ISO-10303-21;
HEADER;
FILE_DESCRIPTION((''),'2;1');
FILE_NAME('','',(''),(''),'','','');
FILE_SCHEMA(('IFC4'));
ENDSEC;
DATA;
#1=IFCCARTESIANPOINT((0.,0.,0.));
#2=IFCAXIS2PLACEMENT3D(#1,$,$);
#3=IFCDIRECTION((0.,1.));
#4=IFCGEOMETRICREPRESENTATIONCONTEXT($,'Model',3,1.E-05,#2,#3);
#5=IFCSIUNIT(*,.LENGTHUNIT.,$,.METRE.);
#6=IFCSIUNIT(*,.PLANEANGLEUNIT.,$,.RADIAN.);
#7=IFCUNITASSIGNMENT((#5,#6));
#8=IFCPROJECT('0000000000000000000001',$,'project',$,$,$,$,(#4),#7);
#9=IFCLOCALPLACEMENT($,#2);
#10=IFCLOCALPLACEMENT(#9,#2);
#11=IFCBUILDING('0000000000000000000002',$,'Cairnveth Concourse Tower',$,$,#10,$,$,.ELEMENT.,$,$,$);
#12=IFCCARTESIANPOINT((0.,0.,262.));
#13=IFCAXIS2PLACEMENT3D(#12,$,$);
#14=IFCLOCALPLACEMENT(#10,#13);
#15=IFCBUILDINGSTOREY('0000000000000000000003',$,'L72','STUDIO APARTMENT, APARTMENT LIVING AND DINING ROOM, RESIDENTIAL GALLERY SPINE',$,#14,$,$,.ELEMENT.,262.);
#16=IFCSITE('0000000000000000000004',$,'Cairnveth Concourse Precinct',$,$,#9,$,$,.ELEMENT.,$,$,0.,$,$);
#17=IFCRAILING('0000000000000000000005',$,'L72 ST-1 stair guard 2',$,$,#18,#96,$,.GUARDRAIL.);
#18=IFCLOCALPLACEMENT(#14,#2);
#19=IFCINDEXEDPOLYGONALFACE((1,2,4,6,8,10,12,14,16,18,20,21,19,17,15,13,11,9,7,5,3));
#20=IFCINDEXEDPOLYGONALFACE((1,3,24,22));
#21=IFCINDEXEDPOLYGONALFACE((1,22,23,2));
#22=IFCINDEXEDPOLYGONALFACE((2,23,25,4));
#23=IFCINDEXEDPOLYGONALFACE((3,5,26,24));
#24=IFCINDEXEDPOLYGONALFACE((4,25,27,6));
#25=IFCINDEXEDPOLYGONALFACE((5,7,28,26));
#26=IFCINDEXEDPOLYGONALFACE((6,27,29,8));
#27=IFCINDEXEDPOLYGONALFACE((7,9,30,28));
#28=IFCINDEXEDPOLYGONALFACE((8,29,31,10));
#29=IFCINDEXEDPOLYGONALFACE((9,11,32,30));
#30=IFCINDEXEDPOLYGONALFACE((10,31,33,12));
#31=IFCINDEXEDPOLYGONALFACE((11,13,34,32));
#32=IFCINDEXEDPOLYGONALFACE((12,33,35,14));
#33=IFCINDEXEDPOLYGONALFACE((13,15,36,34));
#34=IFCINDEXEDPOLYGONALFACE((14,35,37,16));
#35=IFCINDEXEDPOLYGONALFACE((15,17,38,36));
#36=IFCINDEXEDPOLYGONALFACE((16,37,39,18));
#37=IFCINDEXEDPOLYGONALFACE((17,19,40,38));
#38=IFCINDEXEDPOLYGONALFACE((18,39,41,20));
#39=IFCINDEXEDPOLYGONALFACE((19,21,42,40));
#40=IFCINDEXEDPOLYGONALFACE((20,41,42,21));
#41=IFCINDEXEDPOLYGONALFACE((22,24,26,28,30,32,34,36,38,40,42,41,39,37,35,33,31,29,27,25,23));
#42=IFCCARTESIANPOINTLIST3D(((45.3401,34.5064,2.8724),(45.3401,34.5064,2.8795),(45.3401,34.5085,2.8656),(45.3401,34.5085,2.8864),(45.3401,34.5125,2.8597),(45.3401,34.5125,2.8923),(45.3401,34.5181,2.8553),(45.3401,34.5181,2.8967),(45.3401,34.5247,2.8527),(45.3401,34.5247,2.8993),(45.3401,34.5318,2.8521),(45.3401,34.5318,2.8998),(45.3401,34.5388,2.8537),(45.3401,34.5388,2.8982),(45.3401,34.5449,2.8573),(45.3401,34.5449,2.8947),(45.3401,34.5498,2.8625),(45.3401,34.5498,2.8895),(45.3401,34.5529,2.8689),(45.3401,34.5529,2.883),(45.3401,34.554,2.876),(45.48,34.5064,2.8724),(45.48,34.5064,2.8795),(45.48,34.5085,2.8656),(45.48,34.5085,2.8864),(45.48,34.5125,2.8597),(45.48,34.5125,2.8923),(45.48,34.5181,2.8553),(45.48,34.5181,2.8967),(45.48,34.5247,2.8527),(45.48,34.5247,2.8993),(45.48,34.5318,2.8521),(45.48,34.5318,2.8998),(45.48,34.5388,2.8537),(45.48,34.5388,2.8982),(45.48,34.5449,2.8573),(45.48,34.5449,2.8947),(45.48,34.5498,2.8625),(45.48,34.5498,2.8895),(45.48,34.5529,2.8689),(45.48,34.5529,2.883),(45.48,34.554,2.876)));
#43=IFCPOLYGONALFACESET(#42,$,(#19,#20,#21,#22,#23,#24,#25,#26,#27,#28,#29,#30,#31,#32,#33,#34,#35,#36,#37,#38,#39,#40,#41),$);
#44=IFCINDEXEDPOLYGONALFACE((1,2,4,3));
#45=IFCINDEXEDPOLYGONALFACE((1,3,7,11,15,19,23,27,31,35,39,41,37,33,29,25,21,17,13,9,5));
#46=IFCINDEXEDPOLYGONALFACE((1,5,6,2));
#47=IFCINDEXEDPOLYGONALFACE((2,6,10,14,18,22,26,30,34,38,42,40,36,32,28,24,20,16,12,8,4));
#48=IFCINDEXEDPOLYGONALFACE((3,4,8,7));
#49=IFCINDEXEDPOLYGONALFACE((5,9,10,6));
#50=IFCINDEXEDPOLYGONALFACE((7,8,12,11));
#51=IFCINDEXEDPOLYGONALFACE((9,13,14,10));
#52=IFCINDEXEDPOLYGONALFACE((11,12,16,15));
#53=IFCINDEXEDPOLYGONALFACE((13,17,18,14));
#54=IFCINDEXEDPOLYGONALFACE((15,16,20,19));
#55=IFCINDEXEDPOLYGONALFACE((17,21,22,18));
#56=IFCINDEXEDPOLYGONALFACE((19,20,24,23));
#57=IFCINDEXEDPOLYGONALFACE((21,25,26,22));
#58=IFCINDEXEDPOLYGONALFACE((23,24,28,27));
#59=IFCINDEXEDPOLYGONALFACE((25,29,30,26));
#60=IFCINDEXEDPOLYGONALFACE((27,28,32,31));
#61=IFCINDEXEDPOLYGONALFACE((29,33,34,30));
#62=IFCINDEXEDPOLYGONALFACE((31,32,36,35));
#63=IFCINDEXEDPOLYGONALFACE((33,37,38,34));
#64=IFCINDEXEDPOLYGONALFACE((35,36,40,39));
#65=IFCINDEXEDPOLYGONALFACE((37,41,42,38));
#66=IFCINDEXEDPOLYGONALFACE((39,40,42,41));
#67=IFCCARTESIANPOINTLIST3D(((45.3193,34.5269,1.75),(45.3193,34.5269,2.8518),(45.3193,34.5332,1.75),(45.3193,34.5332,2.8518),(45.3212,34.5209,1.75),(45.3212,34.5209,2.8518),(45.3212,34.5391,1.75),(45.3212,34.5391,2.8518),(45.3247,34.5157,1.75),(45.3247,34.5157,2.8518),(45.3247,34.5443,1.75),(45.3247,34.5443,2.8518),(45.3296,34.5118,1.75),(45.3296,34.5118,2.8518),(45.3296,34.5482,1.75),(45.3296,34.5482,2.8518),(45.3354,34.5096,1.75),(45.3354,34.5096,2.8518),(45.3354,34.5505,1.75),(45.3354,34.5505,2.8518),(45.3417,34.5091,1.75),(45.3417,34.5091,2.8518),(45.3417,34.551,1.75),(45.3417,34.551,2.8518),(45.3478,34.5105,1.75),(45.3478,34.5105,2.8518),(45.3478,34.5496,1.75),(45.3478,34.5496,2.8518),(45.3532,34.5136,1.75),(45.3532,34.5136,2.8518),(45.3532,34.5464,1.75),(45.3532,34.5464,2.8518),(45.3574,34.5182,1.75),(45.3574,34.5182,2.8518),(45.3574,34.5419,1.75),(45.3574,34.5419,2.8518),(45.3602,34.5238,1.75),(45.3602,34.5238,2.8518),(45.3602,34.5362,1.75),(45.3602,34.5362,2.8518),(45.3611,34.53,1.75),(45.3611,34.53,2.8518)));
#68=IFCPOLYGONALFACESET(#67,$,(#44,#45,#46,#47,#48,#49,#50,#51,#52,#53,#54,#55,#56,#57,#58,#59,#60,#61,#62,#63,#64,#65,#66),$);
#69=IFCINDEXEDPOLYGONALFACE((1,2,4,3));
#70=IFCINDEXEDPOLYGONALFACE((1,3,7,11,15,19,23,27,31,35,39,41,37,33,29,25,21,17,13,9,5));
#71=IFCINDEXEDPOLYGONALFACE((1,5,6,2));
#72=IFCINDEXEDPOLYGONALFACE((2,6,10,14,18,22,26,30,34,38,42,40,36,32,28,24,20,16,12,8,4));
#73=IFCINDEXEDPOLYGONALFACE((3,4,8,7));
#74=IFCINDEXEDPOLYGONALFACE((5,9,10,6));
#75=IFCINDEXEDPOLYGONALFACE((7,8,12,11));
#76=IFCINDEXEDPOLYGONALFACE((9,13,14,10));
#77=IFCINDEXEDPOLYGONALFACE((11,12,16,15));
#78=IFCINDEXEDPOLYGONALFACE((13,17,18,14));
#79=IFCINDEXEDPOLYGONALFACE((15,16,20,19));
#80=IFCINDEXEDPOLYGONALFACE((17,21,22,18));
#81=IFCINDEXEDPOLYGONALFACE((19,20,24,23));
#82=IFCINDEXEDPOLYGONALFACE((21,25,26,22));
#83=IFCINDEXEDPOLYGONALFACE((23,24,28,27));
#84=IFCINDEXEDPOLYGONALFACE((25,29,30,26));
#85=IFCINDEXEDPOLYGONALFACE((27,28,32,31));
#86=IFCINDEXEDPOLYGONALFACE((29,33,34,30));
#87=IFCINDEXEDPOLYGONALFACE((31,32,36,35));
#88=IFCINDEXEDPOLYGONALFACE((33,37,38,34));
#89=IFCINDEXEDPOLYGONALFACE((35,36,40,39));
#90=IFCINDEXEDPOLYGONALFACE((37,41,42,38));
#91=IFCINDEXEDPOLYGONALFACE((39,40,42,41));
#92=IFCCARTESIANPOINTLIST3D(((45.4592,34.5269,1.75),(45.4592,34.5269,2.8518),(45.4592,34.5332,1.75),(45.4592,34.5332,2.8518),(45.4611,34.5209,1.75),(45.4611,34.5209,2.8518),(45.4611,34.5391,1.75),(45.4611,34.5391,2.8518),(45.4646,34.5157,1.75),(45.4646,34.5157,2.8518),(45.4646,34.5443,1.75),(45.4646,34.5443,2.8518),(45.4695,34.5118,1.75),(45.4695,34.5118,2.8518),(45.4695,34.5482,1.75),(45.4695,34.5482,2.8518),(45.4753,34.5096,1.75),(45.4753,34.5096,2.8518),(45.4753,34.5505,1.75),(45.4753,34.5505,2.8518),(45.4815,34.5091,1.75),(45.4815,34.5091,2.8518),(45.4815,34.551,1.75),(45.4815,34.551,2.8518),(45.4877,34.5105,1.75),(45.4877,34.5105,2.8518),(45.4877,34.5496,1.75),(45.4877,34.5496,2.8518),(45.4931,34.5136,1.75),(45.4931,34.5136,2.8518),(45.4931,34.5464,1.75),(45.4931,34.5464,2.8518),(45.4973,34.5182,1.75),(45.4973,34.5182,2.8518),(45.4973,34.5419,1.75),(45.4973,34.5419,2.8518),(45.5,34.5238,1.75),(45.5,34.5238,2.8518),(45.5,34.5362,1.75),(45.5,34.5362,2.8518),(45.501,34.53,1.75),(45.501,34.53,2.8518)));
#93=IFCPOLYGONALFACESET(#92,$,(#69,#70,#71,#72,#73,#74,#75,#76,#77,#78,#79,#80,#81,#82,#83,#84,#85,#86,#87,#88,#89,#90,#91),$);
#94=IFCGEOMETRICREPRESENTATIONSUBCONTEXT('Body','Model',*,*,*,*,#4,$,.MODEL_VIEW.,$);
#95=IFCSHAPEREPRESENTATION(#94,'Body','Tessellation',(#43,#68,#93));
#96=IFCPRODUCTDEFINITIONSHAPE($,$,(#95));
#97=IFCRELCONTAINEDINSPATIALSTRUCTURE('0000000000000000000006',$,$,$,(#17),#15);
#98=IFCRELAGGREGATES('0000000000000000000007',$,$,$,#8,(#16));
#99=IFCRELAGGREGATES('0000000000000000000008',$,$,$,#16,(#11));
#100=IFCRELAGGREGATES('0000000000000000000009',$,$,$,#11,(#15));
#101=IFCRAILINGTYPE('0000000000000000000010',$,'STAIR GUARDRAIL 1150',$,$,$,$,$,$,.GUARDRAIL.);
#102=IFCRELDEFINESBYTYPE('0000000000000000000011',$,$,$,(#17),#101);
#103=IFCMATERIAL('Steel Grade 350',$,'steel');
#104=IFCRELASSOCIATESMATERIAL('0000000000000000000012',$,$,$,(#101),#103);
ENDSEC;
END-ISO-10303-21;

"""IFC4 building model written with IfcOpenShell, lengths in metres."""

from ifc_helpers import new_model, si_unit, direction, frame, origin, origin_2d, place, context, subcontext, project, spatial, circle, extrude, material, type_object, element, save


model = new_model("IFC4")

# Units and contexts
model_context = context("Model", 3, precision=1e-05, world=origin(), true_north=direction((0.0, 1.0)))
body_context = subcontext(model_context, "Body", "Model", "MODEL_VIEW")
ifc_project = project(units=[si_unit("LENGTHUNIT", "METRE"), si_unit("PLANEANGLEUNIT", "RADIAN")], contexts=[model_context])

# Site, building, storey
site_placement = place(None, origin())
site = spatial("IfcSite", under=ifc_project, at=site_placement, Name="Cairnveth Concourse Precinct", CompositionType="ELEMENT", RefElevation=0.0)
building_placement = place(site_placement, origin())
building = spatial("IfcBuilding", under=site, at=building_placement, Name="Cairnveth Concourse Tower", CompositionType="ELEMENT")
storey_placement = place(building_placement, frame((0.0, 0.0, 262.0)))
storey = spatial("IfcBuildingStorey", under=building, at=storey_placement, Name="L72", Description="STUDIO APARTMENT, APARTMENT LIVING AND DINING ROOM, RESIDENTIAL GALLERY SPINE", CompositionType="ELEMENT", Elevation=262.0)

# Railing
ifc_material_1 = material(Name="Steel Grade 350", Category="steel")
railing_type = type_object("IfcRailingType", Name="STAIR GUARDRAIL 1150", PredefinedType="GUARDRAIL", material=ifc_material_1)
railing_1_placement = place(storey_placement, frame((45.3401, 34.53, 1.75)))
element("IfcRailing", 1, at=railing_1_placement, inside=storey, type_object=railing_type, Name="L72 ST-1 stair guard 2", PredefinedType="GUARDRAIL", context=body_context, shape_type="SweptSolid", body=[
    extrude(circle(Radius=0.0239, at=origin_2d()), frame((0.0, 0.0, 1.126), z_axis=(1.0, 0.0, 0.0), x_axis=(0.0, 1.0, 0.0)), (0.0, 0.0, 1.0), 0.1399),
    extrude(circle(Radius=0.021, at=origin_2d()), origin(), (0.0, 0.0, 1.0), 1.1018),
    extrude(circle(Radius=0.021, at=origin_2d()), frame((0.1399, 0.0, 0.0)), (0.0, 0.0, 1.0), 1.1018),
])

save(model, "model.ifc")
